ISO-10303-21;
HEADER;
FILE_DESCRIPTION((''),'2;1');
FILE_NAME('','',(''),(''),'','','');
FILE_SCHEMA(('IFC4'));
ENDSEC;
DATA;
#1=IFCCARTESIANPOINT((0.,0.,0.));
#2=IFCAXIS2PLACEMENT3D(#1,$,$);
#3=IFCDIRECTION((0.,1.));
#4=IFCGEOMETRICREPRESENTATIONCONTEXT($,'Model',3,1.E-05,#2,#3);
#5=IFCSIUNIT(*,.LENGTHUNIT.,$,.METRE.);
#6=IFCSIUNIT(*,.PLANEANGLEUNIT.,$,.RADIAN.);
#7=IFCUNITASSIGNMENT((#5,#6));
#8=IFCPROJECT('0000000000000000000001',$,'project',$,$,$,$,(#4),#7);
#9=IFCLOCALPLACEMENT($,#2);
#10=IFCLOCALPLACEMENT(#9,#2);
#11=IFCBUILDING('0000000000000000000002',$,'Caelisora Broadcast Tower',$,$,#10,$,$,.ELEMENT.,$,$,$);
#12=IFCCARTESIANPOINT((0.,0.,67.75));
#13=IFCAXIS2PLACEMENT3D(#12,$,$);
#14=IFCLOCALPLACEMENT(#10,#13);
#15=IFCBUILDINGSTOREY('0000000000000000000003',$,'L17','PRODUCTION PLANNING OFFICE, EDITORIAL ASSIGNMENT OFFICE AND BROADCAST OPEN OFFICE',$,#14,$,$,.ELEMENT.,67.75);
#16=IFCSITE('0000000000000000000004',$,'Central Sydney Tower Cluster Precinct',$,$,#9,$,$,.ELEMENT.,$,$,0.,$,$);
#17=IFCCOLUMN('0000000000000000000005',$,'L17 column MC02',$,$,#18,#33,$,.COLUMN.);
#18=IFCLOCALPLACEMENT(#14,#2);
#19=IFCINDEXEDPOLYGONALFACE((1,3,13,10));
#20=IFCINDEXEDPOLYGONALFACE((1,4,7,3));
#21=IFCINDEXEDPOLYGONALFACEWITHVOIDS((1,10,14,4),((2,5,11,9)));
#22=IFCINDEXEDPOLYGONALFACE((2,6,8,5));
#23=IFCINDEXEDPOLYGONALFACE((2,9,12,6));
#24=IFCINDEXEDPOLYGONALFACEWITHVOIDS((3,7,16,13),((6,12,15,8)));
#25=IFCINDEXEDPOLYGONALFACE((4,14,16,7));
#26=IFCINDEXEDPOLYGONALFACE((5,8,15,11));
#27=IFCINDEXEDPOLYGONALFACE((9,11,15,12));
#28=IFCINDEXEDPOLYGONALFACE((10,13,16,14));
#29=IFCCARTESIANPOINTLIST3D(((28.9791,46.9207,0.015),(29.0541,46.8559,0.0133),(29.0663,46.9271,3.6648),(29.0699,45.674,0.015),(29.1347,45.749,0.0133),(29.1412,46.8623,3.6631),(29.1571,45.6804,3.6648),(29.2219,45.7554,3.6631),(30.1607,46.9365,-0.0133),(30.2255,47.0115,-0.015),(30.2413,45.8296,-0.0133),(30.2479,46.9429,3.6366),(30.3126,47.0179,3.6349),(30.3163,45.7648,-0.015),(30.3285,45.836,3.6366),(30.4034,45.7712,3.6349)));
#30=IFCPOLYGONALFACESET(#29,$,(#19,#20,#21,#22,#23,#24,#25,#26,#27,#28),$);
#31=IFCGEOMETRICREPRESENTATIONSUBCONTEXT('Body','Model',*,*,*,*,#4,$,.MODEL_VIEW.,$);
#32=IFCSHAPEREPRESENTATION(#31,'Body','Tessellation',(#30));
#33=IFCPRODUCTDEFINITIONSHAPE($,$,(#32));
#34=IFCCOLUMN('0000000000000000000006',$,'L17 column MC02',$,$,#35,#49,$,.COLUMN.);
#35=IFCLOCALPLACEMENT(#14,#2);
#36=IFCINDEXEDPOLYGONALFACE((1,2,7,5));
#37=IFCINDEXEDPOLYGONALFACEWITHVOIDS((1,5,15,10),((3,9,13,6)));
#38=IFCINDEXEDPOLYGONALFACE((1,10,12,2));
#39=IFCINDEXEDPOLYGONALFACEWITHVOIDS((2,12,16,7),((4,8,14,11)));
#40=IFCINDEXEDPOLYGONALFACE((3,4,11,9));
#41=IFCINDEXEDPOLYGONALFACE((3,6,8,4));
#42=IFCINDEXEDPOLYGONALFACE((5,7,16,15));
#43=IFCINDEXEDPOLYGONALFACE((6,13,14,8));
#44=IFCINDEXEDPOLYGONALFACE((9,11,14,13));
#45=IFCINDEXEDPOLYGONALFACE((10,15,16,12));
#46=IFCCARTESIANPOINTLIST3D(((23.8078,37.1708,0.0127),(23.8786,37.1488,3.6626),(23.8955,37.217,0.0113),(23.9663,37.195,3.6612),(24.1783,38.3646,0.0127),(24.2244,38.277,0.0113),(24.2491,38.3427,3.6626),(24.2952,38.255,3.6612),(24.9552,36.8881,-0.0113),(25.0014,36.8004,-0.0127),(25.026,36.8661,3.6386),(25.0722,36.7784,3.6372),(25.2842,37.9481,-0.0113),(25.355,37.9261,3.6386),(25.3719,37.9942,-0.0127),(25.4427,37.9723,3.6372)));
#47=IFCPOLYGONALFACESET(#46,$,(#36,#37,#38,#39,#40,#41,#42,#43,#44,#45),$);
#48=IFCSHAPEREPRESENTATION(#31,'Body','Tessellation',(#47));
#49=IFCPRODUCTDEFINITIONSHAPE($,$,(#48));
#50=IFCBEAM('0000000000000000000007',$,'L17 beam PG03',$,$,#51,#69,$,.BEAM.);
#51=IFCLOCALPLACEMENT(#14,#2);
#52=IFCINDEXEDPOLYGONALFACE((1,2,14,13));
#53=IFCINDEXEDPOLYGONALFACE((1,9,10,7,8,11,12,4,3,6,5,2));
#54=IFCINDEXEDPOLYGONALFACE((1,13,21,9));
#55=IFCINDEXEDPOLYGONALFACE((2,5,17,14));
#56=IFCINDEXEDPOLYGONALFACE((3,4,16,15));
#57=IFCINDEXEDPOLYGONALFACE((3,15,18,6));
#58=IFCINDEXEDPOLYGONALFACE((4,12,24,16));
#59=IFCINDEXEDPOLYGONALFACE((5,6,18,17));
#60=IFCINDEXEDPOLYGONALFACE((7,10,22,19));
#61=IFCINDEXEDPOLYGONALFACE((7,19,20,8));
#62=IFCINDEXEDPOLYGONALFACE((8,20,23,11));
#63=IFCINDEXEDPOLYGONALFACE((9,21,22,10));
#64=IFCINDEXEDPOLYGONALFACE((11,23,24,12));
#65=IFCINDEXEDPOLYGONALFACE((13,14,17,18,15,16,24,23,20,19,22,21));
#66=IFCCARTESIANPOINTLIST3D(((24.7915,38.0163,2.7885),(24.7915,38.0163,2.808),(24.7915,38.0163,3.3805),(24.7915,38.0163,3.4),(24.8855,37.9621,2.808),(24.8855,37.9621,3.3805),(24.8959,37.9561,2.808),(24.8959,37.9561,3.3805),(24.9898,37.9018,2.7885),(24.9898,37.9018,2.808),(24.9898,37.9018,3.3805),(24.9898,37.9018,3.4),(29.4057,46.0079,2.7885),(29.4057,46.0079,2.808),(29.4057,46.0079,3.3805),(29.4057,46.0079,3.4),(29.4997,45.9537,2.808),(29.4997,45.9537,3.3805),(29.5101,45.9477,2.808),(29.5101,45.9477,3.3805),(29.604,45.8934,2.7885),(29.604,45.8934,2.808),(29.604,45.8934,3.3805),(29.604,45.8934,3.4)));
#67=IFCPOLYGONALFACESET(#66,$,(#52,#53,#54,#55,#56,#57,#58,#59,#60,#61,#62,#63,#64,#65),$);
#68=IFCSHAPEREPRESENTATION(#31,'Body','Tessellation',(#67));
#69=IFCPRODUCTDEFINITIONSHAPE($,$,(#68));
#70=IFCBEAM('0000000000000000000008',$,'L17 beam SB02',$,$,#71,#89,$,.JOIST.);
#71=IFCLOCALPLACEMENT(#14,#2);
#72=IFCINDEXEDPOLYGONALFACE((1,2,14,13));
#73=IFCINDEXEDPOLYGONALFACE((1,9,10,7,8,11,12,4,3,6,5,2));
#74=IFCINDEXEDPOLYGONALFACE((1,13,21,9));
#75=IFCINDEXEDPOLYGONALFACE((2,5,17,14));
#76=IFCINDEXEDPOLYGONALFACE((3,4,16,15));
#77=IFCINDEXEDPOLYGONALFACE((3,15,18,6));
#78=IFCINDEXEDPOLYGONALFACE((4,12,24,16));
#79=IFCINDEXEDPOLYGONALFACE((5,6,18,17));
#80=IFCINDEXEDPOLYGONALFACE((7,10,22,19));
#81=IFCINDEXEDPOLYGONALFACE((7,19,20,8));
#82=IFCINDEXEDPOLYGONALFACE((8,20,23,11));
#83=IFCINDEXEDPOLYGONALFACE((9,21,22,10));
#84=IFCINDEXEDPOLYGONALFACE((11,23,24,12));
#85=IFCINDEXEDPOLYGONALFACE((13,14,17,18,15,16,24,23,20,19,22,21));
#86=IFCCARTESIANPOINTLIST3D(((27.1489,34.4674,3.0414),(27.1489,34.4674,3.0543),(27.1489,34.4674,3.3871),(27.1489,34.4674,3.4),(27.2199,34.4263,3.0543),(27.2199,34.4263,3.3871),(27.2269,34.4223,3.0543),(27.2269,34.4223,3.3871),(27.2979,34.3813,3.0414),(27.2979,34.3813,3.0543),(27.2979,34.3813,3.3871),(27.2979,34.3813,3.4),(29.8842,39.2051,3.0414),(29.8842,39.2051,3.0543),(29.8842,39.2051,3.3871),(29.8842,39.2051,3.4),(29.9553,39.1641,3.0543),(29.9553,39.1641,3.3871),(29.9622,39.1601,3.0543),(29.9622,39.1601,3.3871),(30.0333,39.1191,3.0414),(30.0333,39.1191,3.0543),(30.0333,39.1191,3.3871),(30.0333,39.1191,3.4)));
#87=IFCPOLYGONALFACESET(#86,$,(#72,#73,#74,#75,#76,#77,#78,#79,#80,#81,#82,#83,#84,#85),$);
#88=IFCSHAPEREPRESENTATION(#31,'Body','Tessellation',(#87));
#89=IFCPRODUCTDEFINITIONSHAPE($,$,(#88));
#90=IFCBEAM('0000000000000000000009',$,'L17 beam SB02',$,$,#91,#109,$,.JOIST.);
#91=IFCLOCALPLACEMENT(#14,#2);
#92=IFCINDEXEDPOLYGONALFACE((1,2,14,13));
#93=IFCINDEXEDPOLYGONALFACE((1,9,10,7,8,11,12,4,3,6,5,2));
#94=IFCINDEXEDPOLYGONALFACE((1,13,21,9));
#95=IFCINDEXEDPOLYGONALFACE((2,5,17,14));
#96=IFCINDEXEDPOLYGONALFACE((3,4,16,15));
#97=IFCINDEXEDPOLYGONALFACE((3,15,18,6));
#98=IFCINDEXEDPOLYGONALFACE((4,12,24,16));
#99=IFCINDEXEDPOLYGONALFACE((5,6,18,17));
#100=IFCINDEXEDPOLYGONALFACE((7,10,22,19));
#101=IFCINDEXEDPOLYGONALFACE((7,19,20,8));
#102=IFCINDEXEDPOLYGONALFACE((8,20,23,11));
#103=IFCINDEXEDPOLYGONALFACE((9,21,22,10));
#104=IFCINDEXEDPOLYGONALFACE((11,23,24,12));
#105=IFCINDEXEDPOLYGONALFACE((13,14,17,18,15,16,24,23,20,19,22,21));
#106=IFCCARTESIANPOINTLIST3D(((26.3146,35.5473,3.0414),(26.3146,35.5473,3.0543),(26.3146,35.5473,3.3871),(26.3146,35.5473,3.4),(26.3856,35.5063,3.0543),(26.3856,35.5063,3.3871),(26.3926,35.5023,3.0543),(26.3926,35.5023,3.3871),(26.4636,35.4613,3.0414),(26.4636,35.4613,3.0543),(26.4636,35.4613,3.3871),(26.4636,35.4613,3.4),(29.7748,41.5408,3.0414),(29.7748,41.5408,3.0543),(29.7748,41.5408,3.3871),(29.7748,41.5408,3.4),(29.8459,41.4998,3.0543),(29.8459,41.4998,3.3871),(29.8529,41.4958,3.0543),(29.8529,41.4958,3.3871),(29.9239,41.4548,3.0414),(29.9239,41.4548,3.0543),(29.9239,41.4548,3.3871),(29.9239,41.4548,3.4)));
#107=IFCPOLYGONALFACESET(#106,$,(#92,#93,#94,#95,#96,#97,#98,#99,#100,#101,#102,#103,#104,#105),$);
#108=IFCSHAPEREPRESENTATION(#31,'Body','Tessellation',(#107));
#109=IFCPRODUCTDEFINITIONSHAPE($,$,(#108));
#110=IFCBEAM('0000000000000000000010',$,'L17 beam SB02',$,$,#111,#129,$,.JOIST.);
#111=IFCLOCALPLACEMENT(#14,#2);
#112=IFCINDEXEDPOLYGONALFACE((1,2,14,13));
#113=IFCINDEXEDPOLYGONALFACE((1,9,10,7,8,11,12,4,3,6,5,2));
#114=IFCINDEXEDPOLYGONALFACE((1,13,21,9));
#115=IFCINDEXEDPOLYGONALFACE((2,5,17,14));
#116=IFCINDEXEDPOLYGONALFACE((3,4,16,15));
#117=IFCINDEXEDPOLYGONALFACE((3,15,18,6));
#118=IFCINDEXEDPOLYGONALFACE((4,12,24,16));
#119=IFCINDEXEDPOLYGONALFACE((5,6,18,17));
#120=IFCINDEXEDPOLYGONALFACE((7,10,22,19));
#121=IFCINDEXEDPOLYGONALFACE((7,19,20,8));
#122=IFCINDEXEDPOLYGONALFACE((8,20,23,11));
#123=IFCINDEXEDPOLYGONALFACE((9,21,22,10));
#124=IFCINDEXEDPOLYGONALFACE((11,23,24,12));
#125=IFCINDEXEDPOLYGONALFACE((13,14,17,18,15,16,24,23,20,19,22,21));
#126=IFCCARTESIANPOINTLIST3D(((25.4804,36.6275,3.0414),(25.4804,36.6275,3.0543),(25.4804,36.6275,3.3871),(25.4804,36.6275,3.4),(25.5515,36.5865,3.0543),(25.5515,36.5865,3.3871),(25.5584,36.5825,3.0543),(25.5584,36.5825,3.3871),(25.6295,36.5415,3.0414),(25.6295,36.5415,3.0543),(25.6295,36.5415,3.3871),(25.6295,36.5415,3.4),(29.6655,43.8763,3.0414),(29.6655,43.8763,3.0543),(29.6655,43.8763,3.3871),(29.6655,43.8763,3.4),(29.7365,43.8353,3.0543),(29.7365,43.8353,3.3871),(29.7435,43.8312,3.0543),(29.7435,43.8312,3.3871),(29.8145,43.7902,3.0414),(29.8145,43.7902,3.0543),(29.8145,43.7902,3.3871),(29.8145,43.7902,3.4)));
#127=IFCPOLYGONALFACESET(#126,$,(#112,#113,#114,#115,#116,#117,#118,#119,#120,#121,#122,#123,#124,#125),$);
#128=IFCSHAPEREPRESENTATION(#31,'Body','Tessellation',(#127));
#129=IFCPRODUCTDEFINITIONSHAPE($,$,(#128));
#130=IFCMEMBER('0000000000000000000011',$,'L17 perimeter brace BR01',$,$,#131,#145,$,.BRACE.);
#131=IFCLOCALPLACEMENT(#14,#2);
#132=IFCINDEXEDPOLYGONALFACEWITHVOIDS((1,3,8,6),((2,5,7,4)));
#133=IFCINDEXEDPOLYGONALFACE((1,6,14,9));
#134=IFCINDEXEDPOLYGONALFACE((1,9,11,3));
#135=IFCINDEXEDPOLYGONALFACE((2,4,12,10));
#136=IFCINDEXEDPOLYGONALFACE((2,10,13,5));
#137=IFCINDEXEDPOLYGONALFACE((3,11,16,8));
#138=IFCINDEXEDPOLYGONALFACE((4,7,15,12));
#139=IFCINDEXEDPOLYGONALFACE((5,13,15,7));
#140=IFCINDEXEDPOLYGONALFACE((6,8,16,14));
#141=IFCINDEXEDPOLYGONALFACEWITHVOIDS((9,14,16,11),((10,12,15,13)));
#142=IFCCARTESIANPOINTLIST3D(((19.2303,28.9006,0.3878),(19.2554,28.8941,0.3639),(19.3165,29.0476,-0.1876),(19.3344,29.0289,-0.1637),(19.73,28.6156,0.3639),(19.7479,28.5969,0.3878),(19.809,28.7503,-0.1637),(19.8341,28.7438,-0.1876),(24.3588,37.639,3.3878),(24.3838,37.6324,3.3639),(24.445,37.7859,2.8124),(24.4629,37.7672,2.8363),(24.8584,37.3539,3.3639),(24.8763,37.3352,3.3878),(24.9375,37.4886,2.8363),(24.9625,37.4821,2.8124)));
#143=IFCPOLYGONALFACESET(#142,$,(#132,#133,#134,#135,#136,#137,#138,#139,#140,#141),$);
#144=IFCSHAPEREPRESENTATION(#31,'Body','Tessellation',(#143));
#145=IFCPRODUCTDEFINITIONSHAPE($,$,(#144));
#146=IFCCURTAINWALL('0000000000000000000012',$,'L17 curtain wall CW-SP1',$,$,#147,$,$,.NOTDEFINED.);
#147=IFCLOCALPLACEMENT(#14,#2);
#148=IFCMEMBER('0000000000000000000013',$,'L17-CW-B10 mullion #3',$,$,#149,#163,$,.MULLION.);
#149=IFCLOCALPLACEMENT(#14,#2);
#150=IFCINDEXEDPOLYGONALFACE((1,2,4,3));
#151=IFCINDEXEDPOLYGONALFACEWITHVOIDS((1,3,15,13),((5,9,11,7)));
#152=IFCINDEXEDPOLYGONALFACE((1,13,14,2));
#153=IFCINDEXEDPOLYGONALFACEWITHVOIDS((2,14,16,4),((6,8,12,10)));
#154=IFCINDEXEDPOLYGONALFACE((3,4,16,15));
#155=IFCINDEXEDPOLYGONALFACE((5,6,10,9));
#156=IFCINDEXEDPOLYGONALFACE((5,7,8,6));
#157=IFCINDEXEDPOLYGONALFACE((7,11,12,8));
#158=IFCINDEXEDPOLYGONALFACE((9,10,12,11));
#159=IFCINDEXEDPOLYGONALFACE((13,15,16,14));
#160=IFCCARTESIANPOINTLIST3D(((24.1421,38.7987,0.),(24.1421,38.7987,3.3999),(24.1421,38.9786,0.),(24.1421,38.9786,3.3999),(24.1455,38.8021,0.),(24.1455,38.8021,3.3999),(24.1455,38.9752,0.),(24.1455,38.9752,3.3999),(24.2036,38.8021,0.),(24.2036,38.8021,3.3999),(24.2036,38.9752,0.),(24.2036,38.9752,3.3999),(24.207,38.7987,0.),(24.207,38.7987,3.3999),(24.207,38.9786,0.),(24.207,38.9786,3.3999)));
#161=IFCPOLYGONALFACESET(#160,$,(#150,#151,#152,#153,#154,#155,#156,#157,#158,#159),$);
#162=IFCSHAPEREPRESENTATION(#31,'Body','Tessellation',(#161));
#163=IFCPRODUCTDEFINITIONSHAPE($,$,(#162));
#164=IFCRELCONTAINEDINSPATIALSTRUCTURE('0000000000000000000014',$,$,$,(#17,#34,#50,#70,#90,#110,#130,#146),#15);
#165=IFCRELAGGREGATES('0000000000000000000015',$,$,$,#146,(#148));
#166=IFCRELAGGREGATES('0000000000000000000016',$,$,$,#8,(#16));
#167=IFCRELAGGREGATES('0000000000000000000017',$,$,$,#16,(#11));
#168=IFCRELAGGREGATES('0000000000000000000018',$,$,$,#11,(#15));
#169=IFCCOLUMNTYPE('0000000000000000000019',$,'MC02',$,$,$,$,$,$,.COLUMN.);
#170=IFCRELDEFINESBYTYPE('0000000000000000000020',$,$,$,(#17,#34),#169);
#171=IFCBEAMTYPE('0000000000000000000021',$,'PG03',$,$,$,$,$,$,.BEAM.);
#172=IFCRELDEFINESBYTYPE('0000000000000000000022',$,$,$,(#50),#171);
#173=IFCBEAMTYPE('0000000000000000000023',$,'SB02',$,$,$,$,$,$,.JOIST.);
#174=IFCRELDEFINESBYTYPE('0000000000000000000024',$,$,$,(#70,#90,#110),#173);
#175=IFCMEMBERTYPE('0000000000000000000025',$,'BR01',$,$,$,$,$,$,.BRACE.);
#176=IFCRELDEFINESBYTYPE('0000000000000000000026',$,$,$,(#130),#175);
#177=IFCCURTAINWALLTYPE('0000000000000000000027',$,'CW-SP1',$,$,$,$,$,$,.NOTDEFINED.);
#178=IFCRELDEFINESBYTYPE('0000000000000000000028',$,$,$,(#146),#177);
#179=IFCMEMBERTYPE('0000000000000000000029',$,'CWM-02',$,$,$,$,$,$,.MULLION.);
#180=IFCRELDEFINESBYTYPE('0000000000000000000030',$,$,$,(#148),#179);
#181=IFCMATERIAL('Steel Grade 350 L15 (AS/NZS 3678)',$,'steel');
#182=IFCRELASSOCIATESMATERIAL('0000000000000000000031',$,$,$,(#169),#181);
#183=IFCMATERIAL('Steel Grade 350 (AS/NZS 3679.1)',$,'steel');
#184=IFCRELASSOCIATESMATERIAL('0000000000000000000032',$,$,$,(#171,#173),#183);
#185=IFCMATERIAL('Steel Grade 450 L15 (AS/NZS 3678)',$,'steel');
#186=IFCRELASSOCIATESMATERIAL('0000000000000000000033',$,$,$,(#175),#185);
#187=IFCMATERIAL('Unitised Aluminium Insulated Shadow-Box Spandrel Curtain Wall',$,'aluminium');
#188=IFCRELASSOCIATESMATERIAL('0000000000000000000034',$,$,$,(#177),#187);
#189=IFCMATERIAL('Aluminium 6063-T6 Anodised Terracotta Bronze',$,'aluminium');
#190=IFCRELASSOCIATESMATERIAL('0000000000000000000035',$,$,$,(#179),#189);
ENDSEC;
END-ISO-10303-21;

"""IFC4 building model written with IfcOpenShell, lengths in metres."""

from ifc_helpers import new_model, si_unit, direction, frame, origin, origin_2d, place, context, subcontext, project, spatial, hollow_rectangle, i_section, extrude, source, transform, mapped, material, material_profile, profile_set, type_object, type_shapes, element, aggregate, save


model = new_model("IFC4")

# Units and contexts
model_context = context("Model", 3, precision=1e-05, world=origin(), true_north=direction((0.0, 1.0)))
body_context = subcontext(model_context, "Body", "Model", "MODEL_VIEW")
ifc_project = project(units=[si_unit("LENGTHUNIT", "METRE"), si_unit("PLANEANGLEUNIT", "RADIAN")], contexts=[model_context])

# Site, building, storey
site_placement = place(None, origin())
site = spatial("IfcSite", under=ifc_project, at=site_placement, Name="Central Sydney Tower Cluster Precinct", CompositionType="ELEMENT", RefElevation=0.0)
building_placement = place(site_placement, origin())
building = spatial("IfcBuilding", under=site, at=building_placement, Name="Caelisora Broadcast Tower", CompositionType="ELEMENT")
storey_placement = place(building_placement, frame((0.0, 0.0, 67.75)))
storey = spatial("IfcBuildingStorey", under=building, at=storey_placement, Name="L17", Description="PRODUCTION PLANNING OFFICE, EDITORIAL ASSIGNMENT OFFICE AND BROADCAST OPEN OFFICE", CompositionType="ELEMENT", Elevation=67.75)

# Columns
ifc_material_1 = material(Name="Steel Grade 350 L15 (AS/NZS 3678)", Category="steel")
ifc_material_profile_1 = material_profile(ifc_material_1, hollow_rectangle(XDim=1.25, YDim=1.25, WallThickness=0.0701, at=origin_2d()), Name="Steel Grade 350 L15 (AS/NZS 3678)")
ifc_profile_set_1 = profile_set([ifc_material_profile_1], Name="Steel Grade 350 L15 (AS/NZS 3678)")
column_type = type_object("IfcColumnType", Name="MC02", PredefinedType="COLUMN", material=ifc_profile_set_1)
shared_shape_1 = source(origin(), body_context, "Body", "SweptSolid", [
    extrude(hollow_rectangle(XDim=1.25, YDim=1.25, WallThickness=0.0701, at=origin_2d()), origin(), (0.0, 0.0, 1.0), 3.6509),
])
column_1_placement = place(storey_placement, frame((29.6477, 46.3428, 0.0), z_axis=(0.023873, 0.001739, 0.999713), x_axis=(-0.072637, 0.997358, 0.0)))
element("IfcColumn", 1, at=column_1_placement, inside=storey, type_object=column_type, Name="L17 column MC02", PredefinedType="COLUMN", context=body_context, shape_type="MappedRepresentation", body=[
    mapped(shared_shape_1, transform((0.0, 0.0, 0.0), scale=1.0)),
])
shared_shape_2 = source(origin(), body_context, "Body", "SweptSolid", [
    extrude(hollow_rectangle(XDim=1.25, YDim=1.25, WallThickness=0.0701, at=origin_2d()), origin(), (0.0, 0.0, 1.0), 3.6506),
])
type_shapes(column_type, [shared_shape_1, shared_shape_2])
column_2_placement = place(storey_placement, frame((24.5898, 37.5825, 0.0), z_axis=(0.019394, -0.006019, 0.999794), x_axis=(0.296399, 0.955064, 0.0)))
element("IfcColumn", 2, at=column_2_placement, inside=storey, type_object=column_type, Name="L17 column MC02", PredefinedType="COLUMN", context=body_context, shape_type="MappedRepresentation", body=[
    mapped(shared_shape_2, transform((0.0, 0.0, 0.0), scale=1.0)),
])

# Beams
ifc_material_2 = material(Name="Steel Grade 350 (AS/NZS 3679.1)", Category="steel")
ifc_material_profile_2 = material_profile(ifc_material_2, i_section(OverallWidth=0.229, OverallDepth=0.6116, WebThickness=0.012, FlangeThickness=0.0195, at=origin_2d()), Name="Steel Grade 350 (AS/NZS 3679.1)")
ifc_profile_set_2 = profile_set([ifc_material_profile_2], Name="Steel Grade 350 (AS/NZS 3679.1)")
beam_type_1 = type_object("IfcBeamType", Name="PG03", PredefinedType="BEAM", material=ifc_profile_set_2)
shared_shape_3 = source(origin(), body_context, "Body", "SweptSolid", [
    extrude(i_section(OverallWidth=0.229, OverallDepth=0.6116, WebThickness=0.012, FlangeThickness=0.0195, at=origin_2d()), origin(), (0.0, 0.0, 1.0), 9.228),
])
type_shapes(beam_type_1, [shared_shape_3])
beam_1_placement = place(storey_placement, frame((29.5049, 45.9507, 3.0942), z_axis=(-0.50002, -0.866014, 0.0), x_axis=(0.866014, -0.50002, 0.0)))
element("IfcBeam", 3, at=beam_1_placement, inside=storey, type_object=beam_type_1, Name="L17 beam PG03", PredefinedType="BEAM", context=body_context, shape_type="MappedRepresentation", body=[
    mapped(shared_shape_3, transform((0.0, 0.0, 0.0), scale=1.0)),
])
ifc_material_profile_3 = material_profile(ifc_material_2, i_section(OverallWidth=0.1721, OverallDepth=0.3586, WebThickness=0.0081, FlangeThickness=0.0129, at=origin_2d()), Name="Steel Grade 350 (AS/NZS 3679.1)")
ifc_profile_set_3 = profile_set([ifc_material_profile_3], Name="Steel Grade 350 (AS/NZS 3679.1)")
beam_type_2 = type_object("IfcBeamType", Name="SB02", PredefinedType="JOIST", material=ifc_profile_set_3)
shared_shape_4 = source(origin(), body_context, "Body", "SweptSolid", [
    extrude(i_section(OverallWidth=0.1721, OverallDepth=0.3586, WebThickness=0.0081, FlangeThickness=0.0129, at=origin_2d()), origin(), (0.0, 0.0, 1.0), 5.4707),
])
beam_2_placement = place(storey_placement, frame((29.9587, 39.1621, 3.2207), z_axis=(-0.499998, -0.866027, 0.0), x_axis=(0.866027, -0.499998, 0.0)))
element("IfcBeam", 4, at=beam_2_placement, inside=storey, type_object=beam_type_2, Name="L17 beam SB02", PredefinedType="JOIST", context=body_context, shape_type="MappedRepresentation", body=[
    mapped(shared_shape_4, transform((0.0, 0.0, 0.0), scale=1.0)),
])
shared_shape_5 = source(origin(), body_context, "Body", "SweptSolid", [
    extrude(i_section(OverallWidth=0.1721, OverallDepth=0.3586, WebThickness=0.0081, FlangeThickness=0.0129, at=origin_2d()), origin(), (0.0, 0.0, 1.0), 6.9207),
])
beam_3_placement = place(storey_placement, frame((29.8494, 41.4978, 3.2207), z_axis=(-0.49999, -0.866031, 0.0), x_axis=(0.866031, -0.49999, 0.0)))
element("IfcBeam", 5, at=beam_3_placement, inside=storey, type_object=beam_type_2, Name="L17 beam SB02", PredefinedType="JOIST", context=body_context, shape_type="MappedRepresentation", body=[
    mapped(shared_shape_5, transform((0.0, 0.0, 0.0), scale=1.0)),
])
shared_shape_6 = source(origin(), body_context, "Body", "SweptSolid", [
    extrude(i_section(OverallWidth=0.1721, OverallDepth=0.3586, WebThickness=0.0081, FlangeThickness=0.0129, at=origin_2d()), origin(), (0.0, 0.0, 1.0), 8.3701),
])
type_shapes(beam_type_2, [shared_shape_4, shared_shape_5, shared_shape_6])
beam_4_placement = place(storey_placement, frame((29.74, 43.8333, 3.2207), z_axis=(-0.499998, -0.866027, 0.0), x_axis=(0.866027, -0.499998, 0.0)))
element("IfcBeam", 6, at=beam_4_placement, inside=storey, type_object=beam_type_2, Name="L17 beam SB02", PredefinedType="JOIST", context=body_context, shape_type="MappedRepresentation", body=[
    mapped(shared_shape_6, transform((0.0, 0.0, 0.0), scale=1.0)),
])

# Member
ifc_material_3 = material(Name="Steel Grade 450 L15 (AS/NZS 3678)", Category="steel")
ifc_material_profile_4 = material_profile(ifc_material_3, hollow_rectangle(XDim=0.6001, YDim=0.6001, WallThickness=0.0249, at=origin_2d()), Name="Steel Grade 450 L15 (AS/NZS 3678)")
ifc_profile_set_4 = profile_set([ifc_material_profile_4], Name="Steel Grade 450 L15 (AS/NZS 3678)")
member_type_1 = type_object("IfcMemberType", Name="BR01", PredefinedType="BRACE", material=ifc_profile_set_4)
shared_shape_7 = source(origin(), body_context, "Body", "SweptSolid", [
    extrude(hollow_rectangle(XDim=0.6001, YDim=0.6001, WallThickness=0.0249, at=origin_2d()), origin(), (0.0, 0.0, 1.0), 10.5669),
])
type_shapes(member_type_1, [shared_shape_7])
member_1_placement = place(storey_placement, frame((24.6606, 37.5605, 3.1001), z_axis=(-0.485331, -0.826953, -0.283907), x_axis=(0.86244, -0.506158, 0.0)))
element("IfcMember", 7, at=member_1_placement, inside=storey, type_object=member_type_1, Name="L17 perimeter brace BR01", PredefinedType="BRACE", context=body_context, shape_type="MappedRepresentation", body=[
    mapped(shared_shape_7, transform((0.0, 0.0, 0.0), scale=1.0)),
])

# Curtain wall, member
ifc_material_4 = material(Name="Unitised Aluminium Insulated Shadow-Box Spandrel Curtain Wall", Category="aluminium")
curtain_wall_type_1 = type_object("IfcCurtainWallType", Name="CW-SP1", PredefinedType="NOTDEFINED", material=ifc_material_4)
curtain_wall_1_placement = place(storey_placement, origin())
curtain_wall_1 = element("IfcCurtainWall", 8, at=curtain_wall_1_placement, inside=storey, type_object=curtain_wall_type_1, Name="L17 curtain wall CW-SP1", PredefinedType="NOTDEFINED")
ifc_material_5 = material(Name="Aluminium 6063-T6 Anodised Terracotta Bronze", Category="aluminium")
ifc_material_profile_5 = material_profile(ifc_material_5, hollow_rectangle(XDim=0.0649, YDim=0.1799, WallThickness=0.0034, at=origin_2d()), Name="Aluminium 6063-T6 Anodised Terracotta Bronze")
ifc_profile_set_5 = profile_set([ifc_material_profile_5], Name="Aluminium 6063-T6 Anodised Terracotta Bronze")
member_type_2 = type_object("IfcMemberType", Name="CWM-02", PredefinedType="MULLION", material=ifc_profile_set_5)
shared_shape_8 = source(origin(), body_context, "Body", "SweptSolid", [
    extrude(hollow_rectangle(XDim=0.0649, YDim=0.1799, WallThickness=0.0034, at=origin_2d()), origin(), (0.0, 0.0, 1.0), 3.3999),
])
type_shapes(member_type_2, [shared_shape_8])
member_2_placement = place(storey_placement, frame((24.1746, 38.8887, 0.0), z_axis=(0.0, 0.0, 1.0), x_axis=(1.0, 0.0, 0.0)))
member_2 = element("IfcMember", 9, at=member_2_placement, type_object=member_type_2, Name="L17-CW-B10 mullion #3", PredefinedType="MULLION", context=body_context, shape_type="MappedRepresentation", body=[
    mapped(shared_shape_8, transform((0.0, 0.0, 0.0), scale=1.0)),
])

aggregate(curtain_wall_1, [member_2])

save(model, "model.ifc")
